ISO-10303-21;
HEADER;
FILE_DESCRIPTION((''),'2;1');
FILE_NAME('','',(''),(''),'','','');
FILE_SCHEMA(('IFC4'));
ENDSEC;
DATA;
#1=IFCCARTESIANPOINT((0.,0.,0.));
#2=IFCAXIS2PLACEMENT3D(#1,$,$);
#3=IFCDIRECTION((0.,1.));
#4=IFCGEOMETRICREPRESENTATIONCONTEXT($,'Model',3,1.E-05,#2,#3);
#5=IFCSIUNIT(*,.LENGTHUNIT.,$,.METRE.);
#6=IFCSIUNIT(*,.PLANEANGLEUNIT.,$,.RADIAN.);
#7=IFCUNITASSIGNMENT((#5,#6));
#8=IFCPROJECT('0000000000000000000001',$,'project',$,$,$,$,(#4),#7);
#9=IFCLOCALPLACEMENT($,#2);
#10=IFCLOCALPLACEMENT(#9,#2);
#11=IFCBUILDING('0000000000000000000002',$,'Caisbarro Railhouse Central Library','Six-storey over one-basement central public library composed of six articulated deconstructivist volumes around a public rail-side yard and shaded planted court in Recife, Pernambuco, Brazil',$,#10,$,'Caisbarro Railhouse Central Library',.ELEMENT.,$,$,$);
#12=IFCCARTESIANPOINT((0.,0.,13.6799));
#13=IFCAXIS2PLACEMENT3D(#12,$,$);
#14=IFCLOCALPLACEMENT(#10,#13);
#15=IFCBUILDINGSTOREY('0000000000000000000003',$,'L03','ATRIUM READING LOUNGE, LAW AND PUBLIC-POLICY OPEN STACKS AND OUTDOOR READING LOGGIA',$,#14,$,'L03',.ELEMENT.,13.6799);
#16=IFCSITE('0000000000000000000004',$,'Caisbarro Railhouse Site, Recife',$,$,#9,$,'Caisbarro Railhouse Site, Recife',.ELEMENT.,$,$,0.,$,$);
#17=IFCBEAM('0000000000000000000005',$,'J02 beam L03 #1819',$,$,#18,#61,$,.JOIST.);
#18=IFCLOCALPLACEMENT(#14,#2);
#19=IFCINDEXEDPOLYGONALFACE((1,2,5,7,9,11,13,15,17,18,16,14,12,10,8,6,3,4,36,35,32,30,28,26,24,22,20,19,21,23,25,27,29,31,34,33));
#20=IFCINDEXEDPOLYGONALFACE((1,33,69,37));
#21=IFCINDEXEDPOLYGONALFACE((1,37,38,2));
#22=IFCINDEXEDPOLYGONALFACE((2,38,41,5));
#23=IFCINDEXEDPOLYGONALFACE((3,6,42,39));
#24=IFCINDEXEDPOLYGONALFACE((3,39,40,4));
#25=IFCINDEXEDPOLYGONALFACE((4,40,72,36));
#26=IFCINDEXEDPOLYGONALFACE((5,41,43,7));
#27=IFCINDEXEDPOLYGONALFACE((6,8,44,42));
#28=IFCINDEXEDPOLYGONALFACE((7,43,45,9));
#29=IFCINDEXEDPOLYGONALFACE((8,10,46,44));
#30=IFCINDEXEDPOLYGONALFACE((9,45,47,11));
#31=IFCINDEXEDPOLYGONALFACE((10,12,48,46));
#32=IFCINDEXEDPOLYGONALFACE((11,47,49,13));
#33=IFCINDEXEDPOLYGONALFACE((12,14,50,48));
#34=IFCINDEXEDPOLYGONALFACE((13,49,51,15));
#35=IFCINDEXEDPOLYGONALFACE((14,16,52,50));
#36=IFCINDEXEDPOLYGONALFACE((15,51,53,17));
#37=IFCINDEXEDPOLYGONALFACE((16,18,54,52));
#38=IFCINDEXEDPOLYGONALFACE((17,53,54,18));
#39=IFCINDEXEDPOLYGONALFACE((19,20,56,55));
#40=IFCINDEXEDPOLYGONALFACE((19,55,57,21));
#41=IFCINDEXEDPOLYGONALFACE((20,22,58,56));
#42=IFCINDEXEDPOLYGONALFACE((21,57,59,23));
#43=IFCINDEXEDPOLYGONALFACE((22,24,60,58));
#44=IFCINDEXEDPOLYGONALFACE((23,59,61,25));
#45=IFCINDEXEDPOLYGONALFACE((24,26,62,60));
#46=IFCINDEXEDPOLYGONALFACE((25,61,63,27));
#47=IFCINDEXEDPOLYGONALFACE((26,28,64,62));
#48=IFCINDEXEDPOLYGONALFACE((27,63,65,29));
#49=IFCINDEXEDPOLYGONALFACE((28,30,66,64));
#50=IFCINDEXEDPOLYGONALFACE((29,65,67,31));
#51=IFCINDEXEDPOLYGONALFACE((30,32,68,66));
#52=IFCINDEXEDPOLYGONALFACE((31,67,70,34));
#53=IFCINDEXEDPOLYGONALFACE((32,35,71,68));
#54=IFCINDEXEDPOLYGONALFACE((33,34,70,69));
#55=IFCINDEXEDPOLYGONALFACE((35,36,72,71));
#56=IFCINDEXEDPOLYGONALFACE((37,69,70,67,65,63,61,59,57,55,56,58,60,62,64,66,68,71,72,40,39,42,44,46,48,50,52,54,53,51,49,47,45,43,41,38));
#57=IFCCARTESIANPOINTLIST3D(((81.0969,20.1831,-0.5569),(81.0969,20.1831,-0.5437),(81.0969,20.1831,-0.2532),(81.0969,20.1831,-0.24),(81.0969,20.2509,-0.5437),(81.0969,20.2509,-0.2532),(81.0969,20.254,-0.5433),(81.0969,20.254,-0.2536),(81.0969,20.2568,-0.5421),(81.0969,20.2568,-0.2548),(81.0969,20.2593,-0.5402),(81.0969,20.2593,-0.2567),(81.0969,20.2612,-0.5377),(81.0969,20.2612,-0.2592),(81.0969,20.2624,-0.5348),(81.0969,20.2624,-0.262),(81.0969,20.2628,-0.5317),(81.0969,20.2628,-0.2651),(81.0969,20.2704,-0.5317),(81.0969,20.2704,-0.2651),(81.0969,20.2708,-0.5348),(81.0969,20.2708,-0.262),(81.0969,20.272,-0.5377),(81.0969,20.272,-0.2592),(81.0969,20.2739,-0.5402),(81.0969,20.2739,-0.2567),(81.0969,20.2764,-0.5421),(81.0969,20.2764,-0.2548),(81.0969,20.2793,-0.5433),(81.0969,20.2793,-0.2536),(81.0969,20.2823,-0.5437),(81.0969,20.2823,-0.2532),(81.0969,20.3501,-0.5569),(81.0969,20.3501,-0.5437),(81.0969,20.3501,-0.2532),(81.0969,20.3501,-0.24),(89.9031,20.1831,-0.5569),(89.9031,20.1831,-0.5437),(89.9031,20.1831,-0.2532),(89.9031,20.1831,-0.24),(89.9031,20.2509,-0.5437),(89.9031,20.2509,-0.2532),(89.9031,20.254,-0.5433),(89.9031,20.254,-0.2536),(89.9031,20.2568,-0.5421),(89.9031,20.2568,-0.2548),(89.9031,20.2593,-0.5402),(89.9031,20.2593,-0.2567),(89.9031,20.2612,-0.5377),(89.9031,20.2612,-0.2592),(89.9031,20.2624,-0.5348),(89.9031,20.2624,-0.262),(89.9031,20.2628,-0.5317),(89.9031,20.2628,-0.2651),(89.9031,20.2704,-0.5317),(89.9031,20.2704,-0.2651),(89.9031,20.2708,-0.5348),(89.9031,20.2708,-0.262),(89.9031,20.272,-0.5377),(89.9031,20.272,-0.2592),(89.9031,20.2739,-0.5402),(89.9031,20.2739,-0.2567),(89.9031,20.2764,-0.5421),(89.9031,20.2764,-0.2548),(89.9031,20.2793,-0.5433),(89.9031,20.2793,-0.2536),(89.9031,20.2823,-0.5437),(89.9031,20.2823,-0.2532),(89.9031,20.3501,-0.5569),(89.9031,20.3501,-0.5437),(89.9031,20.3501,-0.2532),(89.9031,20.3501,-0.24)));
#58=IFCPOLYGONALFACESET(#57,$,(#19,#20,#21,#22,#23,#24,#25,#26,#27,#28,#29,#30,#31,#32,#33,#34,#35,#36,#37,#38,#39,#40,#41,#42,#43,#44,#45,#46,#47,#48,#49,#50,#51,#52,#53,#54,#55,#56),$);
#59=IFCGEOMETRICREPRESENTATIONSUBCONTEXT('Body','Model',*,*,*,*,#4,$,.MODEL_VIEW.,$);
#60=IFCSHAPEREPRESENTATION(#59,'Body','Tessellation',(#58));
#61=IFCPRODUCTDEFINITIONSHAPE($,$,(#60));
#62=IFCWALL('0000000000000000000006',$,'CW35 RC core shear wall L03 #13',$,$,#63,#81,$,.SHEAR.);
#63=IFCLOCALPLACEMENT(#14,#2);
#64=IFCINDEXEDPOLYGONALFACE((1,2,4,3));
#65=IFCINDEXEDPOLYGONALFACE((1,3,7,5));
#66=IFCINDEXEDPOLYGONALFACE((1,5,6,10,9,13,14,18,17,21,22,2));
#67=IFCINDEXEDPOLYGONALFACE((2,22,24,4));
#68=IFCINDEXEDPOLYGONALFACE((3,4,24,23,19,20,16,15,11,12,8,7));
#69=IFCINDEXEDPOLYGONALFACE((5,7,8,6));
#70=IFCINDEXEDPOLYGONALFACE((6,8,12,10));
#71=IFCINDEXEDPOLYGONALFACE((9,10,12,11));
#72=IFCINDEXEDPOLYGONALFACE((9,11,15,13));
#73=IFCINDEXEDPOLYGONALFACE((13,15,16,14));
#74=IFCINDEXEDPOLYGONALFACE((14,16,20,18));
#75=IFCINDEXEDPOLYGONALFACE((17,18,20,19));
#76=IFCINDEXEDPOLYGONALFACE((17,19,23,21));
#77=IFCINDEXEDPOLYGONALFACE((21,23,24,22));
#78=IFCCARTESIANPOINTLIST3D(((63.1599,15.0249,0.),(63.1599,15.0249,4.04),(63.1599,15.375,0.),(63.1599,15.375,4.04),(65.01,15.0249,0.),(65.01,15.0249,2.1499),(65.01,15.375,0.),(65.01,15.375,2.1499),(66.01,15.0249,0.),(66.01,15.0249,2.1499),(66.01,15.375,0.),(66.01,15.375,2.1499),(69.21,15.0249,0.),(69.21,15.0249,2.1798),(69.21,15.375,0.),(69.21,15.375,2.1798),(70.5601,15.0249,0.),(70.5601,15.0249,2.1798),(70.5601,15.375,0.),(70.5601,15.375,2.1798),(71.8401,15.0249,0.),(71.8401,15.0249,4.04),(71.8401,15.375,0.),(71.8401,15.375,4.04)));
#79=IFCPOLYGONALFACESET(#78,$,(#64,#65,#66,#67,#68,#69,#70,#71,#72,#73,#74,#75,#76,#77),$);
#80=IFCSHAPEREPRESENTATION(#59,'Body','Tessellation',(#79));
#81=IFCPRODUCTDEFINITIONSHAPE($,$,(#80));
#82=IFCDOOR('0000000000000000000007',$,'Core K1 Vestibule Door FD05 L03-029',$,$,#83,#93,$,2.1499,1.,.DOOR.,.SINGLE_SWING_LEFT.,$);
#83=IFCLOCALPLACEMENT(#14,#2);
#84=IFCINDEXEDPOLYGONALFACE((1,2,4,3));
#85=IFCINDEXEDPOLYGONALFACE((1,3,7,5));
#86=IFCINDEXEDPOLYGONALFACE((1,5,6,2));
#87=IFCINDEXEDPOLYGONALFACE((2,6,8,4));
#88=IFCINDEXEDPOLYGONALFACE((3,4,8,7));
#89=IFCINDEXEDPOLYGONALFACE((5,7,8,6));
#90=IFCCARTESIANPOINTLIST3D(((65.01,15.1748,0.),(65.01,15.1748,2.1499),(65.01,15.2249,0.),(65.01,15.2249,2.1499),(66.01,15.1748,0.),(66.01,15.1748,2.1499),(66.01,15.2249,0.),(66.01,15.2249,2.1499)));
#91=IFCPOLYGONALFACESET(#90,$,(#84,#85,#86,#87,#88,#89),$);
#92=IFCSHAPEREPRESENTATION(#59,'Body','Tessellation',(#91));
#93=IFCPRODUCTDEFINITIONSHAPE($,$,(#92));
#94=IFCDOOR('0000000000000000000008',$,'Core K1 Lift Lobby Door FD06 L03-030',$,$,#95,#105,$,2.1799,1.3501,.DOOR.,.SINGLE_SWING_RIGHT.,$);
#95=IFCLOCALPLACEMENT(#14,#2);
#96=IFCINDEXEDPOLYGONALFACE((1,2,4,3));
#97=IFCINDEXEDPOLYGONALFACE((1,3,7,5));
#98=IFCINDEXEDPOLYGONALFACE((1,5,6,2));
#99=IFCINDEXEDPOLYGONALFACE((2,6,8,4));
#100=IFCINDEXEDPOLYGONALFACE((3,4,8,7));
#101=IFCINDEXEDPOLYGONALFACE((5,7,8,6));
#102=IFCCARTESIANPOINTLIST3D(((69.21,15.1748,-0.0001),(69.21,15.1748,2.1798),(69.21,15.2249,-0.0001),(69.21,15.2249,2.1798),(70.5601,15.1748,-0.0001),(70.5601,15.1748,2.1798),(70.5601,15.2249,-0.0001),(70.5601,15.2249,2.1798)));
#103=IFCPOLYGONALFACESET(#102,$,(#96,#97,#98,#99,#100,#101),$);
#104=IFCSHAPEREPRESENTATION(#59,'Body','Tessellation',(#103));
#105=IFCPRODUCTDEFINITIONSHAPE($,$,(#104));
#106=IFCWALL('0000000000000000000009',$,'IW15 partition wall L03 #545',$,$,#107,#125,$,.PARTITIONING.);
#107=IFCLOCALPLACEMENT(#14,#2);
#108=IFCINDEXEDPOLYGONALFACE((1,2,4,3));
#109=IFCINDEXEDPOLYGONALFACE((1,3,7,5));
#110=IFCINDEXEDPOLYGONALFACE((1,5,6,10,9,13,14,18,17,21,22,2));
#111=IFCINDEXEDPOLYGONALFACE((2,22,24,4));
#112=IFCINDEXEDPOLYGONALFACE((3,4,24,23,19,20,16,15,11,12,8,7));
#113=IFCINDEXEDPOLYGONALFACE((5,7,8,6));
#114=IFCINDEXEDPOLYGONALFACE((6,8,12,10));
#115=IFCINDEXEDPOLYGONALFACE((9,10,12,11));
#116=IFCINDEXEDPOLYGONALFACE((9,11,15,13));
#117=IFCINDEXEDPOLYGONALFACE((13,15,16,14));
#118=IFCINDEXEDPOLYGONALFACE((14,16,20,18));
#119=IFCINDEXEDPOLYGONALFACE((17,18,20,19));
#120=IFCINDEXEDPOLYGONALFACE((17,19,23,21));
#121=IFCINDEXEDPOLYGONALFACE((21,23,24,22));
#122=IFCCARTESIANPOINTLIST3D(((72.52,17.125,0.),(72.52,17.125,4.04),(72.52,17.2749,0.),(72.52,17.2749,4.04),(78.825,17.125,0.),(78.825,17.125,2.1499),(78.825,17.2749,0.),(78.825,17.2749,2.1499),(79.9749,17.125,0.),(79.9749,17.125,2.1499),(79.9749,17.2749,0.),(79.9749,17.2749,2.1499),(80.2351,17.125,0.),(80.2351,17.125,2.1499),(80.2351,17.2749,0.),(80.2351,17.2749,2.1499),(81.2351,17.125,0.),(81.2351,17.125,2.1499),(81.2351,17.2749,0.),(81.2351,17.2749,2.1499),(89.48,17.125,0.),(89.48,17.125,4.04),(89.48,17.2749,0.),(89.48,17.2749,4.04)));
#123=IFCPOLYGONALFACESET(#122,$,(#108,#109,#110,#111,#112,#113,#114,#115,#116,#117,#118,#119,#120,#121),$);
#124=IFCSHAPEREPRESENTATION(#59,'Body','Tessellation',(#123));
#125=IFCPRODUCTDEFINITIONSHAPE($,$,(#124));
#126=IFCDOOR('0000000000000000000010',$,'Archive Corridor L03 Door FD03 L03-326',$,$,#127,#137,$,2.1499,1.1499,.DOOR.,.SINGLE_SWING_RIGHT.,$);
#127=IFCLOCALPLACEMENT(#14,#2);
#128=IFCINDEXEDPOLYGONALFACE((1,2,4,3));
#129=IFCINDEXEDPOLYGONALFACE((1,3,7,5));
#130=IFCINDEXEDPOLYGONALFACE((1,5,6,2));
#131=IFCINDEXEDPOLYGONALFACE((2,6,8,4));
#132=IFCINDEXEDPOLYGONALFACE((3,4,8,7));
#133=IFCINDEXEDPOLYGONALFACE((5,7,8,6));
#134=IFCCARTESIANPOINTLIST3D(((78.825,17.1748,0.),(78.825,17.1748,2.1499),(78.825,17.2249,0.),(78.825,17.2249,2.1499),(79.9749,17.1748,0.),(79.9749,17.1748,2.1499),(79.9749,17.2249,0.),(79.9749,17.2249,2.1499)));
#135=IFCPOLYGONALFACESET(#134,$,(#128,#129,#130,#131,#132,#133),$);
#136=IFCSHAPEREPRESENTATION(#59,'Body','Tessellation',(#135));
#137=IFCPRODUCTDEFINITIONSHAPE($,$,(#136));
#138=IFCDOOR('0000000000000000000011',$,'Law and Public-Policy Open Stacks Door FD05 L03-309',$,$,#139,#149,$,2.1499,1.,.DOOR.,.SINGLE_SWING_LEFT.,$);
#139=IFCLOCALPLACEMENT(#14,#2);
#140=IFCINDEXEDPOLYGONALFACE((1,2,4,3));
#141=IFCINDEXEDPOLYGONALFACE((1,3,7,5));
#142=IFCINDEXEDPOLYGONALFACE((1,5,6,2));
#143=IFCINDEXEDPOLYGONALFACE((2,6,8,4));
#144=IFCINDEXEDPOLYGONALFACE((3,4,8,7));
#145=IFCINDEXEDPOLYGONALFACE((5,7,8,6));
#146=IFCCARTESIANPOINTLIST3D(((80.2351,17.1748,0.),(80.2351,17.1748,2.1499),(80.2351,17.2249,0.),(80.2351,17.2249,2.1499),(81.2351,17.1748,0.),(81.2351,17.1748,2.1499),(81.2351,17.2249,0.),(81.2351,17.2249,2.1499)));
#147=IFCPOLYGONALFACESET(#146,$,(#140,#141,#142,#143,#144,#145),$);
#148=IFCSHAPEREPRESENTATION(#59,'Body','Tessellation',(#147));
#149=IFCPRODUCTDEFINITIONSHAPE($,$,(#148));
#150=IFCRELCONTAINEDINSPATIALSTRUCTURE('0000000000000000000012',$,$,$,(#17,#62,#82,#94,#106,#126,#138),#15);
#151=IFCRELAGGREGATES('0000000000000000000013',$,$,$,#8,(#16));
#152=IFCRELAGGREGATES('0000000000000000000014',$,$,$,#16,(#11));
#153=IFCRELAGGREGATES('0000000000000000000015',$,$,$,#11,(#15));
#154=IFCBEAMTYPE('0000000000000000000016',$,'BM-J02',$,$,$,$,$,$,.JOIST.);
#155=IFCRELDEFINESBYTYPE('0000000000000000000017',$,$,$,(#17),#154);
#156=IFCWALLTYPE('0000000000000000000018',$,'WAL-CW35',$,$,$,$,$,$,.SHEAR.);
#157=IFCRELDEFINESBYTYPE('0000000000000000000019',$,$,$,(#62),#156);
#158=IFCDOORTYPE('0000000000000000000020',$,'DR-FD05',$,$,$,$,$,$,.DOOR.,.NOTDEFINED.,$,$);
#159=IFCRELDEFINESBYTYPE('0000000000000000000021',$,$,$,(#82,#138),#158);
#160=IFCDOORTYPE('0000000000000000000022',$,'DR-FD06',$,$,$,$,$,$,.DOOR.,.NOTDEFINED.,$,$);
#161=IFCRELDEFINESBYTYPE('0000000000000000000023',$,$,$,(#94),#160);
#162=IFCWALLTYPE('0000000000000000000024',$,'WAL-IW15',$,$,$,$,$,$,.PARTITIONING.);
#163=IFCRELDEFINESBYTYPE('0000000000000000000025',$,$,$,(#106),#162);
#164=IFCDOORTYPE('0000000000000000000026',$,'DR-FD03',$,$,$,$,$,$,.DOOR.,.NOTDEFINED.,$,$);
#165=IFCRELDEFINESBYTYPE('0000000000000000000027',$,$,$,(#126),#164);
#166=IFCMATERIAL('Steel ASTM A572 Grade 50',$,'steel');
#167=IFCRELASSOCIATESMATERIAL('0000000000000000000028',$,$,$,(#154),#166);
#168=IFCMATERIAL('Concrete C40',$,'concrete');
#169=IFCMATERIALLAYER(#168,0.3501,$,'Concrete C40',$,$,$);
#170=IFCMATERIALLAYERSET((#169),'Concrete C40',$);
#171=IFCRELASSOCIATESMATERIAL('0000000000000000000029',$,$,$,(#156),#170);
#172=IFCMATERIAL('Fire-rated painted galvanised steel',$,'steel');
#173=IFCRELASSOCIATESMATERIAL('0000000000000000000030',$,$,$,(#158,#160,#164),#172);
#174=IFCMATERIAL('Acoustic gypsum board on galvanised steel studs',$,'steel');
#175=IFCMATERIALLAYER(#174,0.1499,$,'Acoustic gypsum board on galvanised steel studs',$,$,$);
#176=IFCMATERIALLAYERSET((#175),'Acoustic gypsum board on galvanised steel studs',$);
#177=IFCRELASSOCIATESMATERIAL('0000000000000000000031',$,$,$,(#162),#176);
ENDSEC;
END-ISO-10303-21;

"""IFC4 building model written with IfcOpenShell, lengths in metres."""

from ifc_helpers import new_model, si_unit, direction, frame, frame_2d, origin, origin_2d, place, context, subcontext, project, spatial, rectangle, i_section, extrude, material, layer, layer_set, material_profile, profile_set, type_object, element, fill, save


model = new_model("IFC4")

# Units and contexts
model_context = context("Model", 3, precision=1e-05, world=origin(), true_north=direction((0.0, 1.0)))
body_context = subcontext(model_context, "Body", "Model", "MODEL_VIEW")
ifc_project = project(units=[si_unit("LENGTHUNIT", "METRE"), si_unit("PLANEANGLEUNIT", "RADIAN")], contexts=[model_context])

# Site, building, storey
site_placement = place(None, origin())
site = spatial("IfcSite", under=ifc_project, at=site_placement, Name="Caisbarro Railhouse Site, Recife", LongName="Caisbarro Railhouse Site, Recife", CompositionType="ELEMENT", RefElevation=0.0)
building_placement = place(site_placement, origin())
building = spatial("IfcBuilding", under=site, at=building_placement, Name="Caisbarro Railhouse Central Library", Description="Six-storey over one-basement central public library composed of six articulated deconstructivist volumes around a public rail-side yard and shaded planted court in Recife, Pernambuco, Brazil", LongName="Caisbarro Railhouse Central Library", CompositionType="ELEMENT")
storey_placement = place(building_placement, frame((0.0, 0.0, 13.6799)))
storey = spatial("IfcBuildingStorey", under=building, at=storey_placement, Name="L03", Description="ATRIUM READING LOUNGE, LAW AND PUBLIC-POLICY OPEN STACKS AND OUTDOOR READING LOGGIA", LongName="L03", CompositionType="ELEMENT", Elevation=13.6799)

# Shared definitions
ifc_material_1 = material(Name="Steel ASTM A572 Grade 50", Category="steel")

# Beam
ifc_material_profile_1 = material_profile(ifc_material_1, i_section(OverallWidth=0.167, OverallDepth=0.3169, WebThickness=0.0076, FlangeThickness=0.0132, FilletRadius=0.012, at=origin_2d()), Name="W310X52.0")
ifc_profile_set_1 = profile_set([ifc_material_profile_1], Name="Steel ASTM A572 Grade 50")
beam_type_1 = type_object("IfcBeamType", Name="BM-J02", PredefinedType="JOIST", material=ifc_profile_set_1)
for number, where, z_axis, x_axis, name in (
    (1, (81.0969, 20.2666, -0.3984), (1.0, 0.0, 0.0), (0.0, 1.0, 0.0), "J02 beam L03 #1819"),
):
    element("IfcBeam", number, at=place(storey_placement, frame(where, z_axis=z_axis, x_axis=x_axis)), inside=storey, type_object=beam_type_1, Name=name, PredefinedType="JOIST", context=body_context, shape_type="SweptSolid", body=[
        extrude(i_section(OverallWidth=0.167, OverallDepth=0.3169, WebThickness=0.0076, FlangeThickness=0.0132, FilletRadius=0.012, at=origin_2d()), origin(), (0.0, 0.0, 1.0), 8.8062),
    ])

# Walls, openings, doors
ifc_material_2 = material(Name="Concrete C40", Category="concrete")
ifc_layer_1 = layer(ifc_material_2, 0.3501, Name="Concrete C40")
ifc_layer_set_1 = layer_set([ifc_layer_1], Name="Concrete C40")
wall_type_1 = type_object("IfcWallType", Name="WAL-CW35", PredefinedType="SHEAR", material=ifc_layer_set_1)
wall_1_placement = place(storey_placement, frame((63.1599, 15.2, 0.0), z_axis=(0.0, 0.0, 1.0), x_axis=(1.0, 0.0, 0.0)))
wall_1 = element("IfcWall", 2, at=wall_1_placement, inside=storey, type_object=wall_type_1, Name="CW35 RC core shear wall L03 #13", PredefinedType="SHEAR", context=body_context, shape_type="SweptSolid", body=[
    extrude(rectangle(XDim=8.6802, YDim=0.3501, at=frame_2d((4.3401, 0.0))), origin(), (0.0, 0.0, 1.0), 4.04),
])
opening_1_placement = place(wall_1_placement, frame((1.8501, 0.0, 0.0)))
opening_1 = element("IfcOpeningElement", 3, at=opening_1_placement, cuts=wall_1, PredefinedType="OPENING", context=body_context, shape_type="SweptSolid", body=[
    extrude(rectangle(XDim=1.0, YDim=2.1499, at=frame_2d((0.5, 1.075))), frame((0.0, 0.1851, 0.0), z_axis=(0.0, -1.0, 0.0), x_axis=(1.0, 0.0, 0.0)), (0.0, 0.0, 1.0), 0.3701),
])
opening_2_placement = place(wall_1_placement, frame((6.05, 0.0, 0.0)))
opening_2 = element("IfcOpeningElement", 4, at=opening_2_placement, cuts=wall_1, PredefinedType="OPENING", context=body_context, shape_type="SweptSolid", body=[
    extrude(rectangle(XDim=1.3501, YDim=2.1799, at=frame_2d((0.675, 1.0898))), frame((0.0, 0.1851, 0.0), z_axis=(0.0, -1.0, 0.0), x_axis=(1.0, 0.0, 0.0)), (0.0, 0.0, 1.0), 0.3701),
])
ifc_material_3 = material(Name="Fire-rated painted galvanised steel", Category="steel")
door_type_1 = type_object("IfcDoorType", Name="DR-FD05", OperationType="NOTDEFINED", PredefinedType="DOOR", material=ifc_material_3)
door_1_placement = place(opening_1_placement, origin())
door_1 = element("IfcDoor", 5, at=door_1_placement, inside=storey, type_object=door_type_1, Name="Core K1 Vestibule Door FD05 L03-029", OperationType="SINGLE_SWING_LEFT", OverallHeight=2.1499, OverallWidth=1.0, PredefinedType="DOOR", context=body_context, shape_type="SweptSolid", body=[
    extrude(rectangle(XDim=1.0, YDim=2.1499, at=frame_2d((0.5, 1.075))), frame((0.0, 0.0249, 0.0), z_axis=(0.0, -1.0, 0.0), x_axis=(1.0, 0.0, 0.0)), (0.0, 0.0, 1.0), 0.05),
])
fill(opening_1, door_1)
door_type_2 = type_object("IfcDoorType", Name="DR-FD06", OperationType="NOTDEFINED", PredefinedType="DOOR", material=ifc_material_3)
door_2_placement = place(opening_2_placement, origin())
door_2 = element("IfcDoor", 6, at=door_2_placement, inside=storey, type_object=door_type_2, Name="Core K1 Lift Lobby Door FD06 L03-030", OperationType="SINGLE_SWING_RIGHT", OverallHeight=2.1799, OverallWidth=1.3501, PredefinedType="DOOR", context=body_context, shape_type="SweptSolid", body=[
    extrude(rectangle(XDim=1.3501, YDim=2.1799, at=frame_2d((0.675, 1.0898))), frame((0.0, 0.0249, 0.0), z_axis=(0.0, -1.0, 0.0), x_axis=(1.0, 0.0, 0.0)), (0.0, 0.0, 1.0), 0.05),
])
fill(opening_2, door_2)
ifc_material_4 = material(Name="Acoustic gypsum board on galvanised steel studs", Category="steel")
ifc_layer_2 = layer(ifc_material_4, 0.1499, Name="Acoustic gypsum board on galvanised steel studs")
ifc_layer_set_2 = layer_set([ifc_layer_2], Name="Acoustic gypsum board on galvanised steel studs")
wall_type_2 = type_object("IfcWallType", Name="WAL-IW15", PredefinedType="PARTITIONING", material=ifc_layer_set_2)
wall_2_placement = place(storey_placement, frame((72.52, 17.2, 0.0), z_axis=(0.0, 0.0, 1.0), x_axis=(1.0, 0.0, 0.0)))
wall_2 = element("IfcWall", 7, at=wall_2_placement, inside=storey, type_object=wall_type_2, Name="IW15 partition wall L03 #545", PredefinedType="PARTITIONING", context=body_context, shape_type="SweptSolid", body=[
    extrude(rectangle(XDim=16.96, YDim=0.1499, at=frame_2d((8.48, 0.0))), origin(), (0.0, 0.0, 1.0), 4.04),
])
opening_3_placement = place(wall_2_placement, frame((7.7151, 0.0, 0.0)))
opening_3 = element("IfcOpeningElement", 8, at=opening_3_placement, cuts=wall_2, PredefinedType="OPENING", context=body_context, shape_type="SweptSolid", body=[
    extrude(rectangle(XDim=1.0, YDim=2.1499, at=frame_2d((0.5, 1.075))), frame((0.0, 0.085, 0.0), z_axis=(0.0, -1.0, 0.0), x_axis=(1.0, 0.0, 0.0)), (0.0, 0.0, 1.0), 0.1699),
])
opening_4_placement = place(wall_2_placement, frame((6.3049, 0.0, 0.0)))
opening_4 = element("IfcOpeningElement", 9, at=opening_4_placement, cuts=wall_2, PredefinedType="OPENING", context=body_context, shape_type="SweptSolid", body=[
    extrude(rectangle(XDim=1.1499, YDim=2.1499, at=frame_2d((0.575, 1.075))), frame((0.0, 0.085, 0.0), z_axis=(0.0, -1.0, 0.0), x_axis=(1.0, 0.0, 0.0)), (0.0, 0.0, 1.0), 0.1699),
])
door_type_3 = type_object("IfcDoorType", Name="DR-FD03", OperationType="NOTDEFINED", PredefinedType="DOOR", material=ifc_material_3)
door_3_placement = place(opening_4_placement, origin())
door_3 = element("IfcDoor", 10, at=door_3_placement, inside=storey, type_object=door_type_3, Name="Archive Corridor L03 Door FD03 L03-326", OperationType="SINGLE_SWING_RIGHT", OverallHeight=2.1499, OverallWidth=1.1499, PredefinedType="DOOR", context=body_context, shape_type="SweptSolid", body=[
    extrude(rectangle(XDim=1.1499, YDim=2.1499, at=frame_2d((0.575, 1.075))), frame((0.0, 0.0249, 0.0), z_axis=(0.0, -1.0, 0.0), x_axis=(1.0, 0.0, 0.0)), (0.0, 0.0, 1.0), 0.05),
])
fill(opening_4, door_3)
door_4_placement = place(opening_3_placement, origin())
door_4 = element("IfcDoor", 11, at=door_4_placement, inside=storey, type_object=door_type_1, Name="Law and Public-Policy Open Stacks Door FD05 L03-309", OperationType="SINGLE_SWING_LEFT", OverallHeight=2.1499, OverallWidth=1.0, PredefinedType="DOOR", context=body_context, shape_type="SweptSolid", body=[
    extrude(rectangle(XDim=1.0, YDim=2.1499, at=frame_2d((0.5, 1.075))), frame((0.0, 0.0249, 0.0), z_axis=(0.0, -1.0, 0.0), x_axis=(1.0, 0.0, 0.0)), (0.0, 0.0, 1.0), 0.05),
])
fill(opening_3, door_4)

save(model, "model.ifc")
